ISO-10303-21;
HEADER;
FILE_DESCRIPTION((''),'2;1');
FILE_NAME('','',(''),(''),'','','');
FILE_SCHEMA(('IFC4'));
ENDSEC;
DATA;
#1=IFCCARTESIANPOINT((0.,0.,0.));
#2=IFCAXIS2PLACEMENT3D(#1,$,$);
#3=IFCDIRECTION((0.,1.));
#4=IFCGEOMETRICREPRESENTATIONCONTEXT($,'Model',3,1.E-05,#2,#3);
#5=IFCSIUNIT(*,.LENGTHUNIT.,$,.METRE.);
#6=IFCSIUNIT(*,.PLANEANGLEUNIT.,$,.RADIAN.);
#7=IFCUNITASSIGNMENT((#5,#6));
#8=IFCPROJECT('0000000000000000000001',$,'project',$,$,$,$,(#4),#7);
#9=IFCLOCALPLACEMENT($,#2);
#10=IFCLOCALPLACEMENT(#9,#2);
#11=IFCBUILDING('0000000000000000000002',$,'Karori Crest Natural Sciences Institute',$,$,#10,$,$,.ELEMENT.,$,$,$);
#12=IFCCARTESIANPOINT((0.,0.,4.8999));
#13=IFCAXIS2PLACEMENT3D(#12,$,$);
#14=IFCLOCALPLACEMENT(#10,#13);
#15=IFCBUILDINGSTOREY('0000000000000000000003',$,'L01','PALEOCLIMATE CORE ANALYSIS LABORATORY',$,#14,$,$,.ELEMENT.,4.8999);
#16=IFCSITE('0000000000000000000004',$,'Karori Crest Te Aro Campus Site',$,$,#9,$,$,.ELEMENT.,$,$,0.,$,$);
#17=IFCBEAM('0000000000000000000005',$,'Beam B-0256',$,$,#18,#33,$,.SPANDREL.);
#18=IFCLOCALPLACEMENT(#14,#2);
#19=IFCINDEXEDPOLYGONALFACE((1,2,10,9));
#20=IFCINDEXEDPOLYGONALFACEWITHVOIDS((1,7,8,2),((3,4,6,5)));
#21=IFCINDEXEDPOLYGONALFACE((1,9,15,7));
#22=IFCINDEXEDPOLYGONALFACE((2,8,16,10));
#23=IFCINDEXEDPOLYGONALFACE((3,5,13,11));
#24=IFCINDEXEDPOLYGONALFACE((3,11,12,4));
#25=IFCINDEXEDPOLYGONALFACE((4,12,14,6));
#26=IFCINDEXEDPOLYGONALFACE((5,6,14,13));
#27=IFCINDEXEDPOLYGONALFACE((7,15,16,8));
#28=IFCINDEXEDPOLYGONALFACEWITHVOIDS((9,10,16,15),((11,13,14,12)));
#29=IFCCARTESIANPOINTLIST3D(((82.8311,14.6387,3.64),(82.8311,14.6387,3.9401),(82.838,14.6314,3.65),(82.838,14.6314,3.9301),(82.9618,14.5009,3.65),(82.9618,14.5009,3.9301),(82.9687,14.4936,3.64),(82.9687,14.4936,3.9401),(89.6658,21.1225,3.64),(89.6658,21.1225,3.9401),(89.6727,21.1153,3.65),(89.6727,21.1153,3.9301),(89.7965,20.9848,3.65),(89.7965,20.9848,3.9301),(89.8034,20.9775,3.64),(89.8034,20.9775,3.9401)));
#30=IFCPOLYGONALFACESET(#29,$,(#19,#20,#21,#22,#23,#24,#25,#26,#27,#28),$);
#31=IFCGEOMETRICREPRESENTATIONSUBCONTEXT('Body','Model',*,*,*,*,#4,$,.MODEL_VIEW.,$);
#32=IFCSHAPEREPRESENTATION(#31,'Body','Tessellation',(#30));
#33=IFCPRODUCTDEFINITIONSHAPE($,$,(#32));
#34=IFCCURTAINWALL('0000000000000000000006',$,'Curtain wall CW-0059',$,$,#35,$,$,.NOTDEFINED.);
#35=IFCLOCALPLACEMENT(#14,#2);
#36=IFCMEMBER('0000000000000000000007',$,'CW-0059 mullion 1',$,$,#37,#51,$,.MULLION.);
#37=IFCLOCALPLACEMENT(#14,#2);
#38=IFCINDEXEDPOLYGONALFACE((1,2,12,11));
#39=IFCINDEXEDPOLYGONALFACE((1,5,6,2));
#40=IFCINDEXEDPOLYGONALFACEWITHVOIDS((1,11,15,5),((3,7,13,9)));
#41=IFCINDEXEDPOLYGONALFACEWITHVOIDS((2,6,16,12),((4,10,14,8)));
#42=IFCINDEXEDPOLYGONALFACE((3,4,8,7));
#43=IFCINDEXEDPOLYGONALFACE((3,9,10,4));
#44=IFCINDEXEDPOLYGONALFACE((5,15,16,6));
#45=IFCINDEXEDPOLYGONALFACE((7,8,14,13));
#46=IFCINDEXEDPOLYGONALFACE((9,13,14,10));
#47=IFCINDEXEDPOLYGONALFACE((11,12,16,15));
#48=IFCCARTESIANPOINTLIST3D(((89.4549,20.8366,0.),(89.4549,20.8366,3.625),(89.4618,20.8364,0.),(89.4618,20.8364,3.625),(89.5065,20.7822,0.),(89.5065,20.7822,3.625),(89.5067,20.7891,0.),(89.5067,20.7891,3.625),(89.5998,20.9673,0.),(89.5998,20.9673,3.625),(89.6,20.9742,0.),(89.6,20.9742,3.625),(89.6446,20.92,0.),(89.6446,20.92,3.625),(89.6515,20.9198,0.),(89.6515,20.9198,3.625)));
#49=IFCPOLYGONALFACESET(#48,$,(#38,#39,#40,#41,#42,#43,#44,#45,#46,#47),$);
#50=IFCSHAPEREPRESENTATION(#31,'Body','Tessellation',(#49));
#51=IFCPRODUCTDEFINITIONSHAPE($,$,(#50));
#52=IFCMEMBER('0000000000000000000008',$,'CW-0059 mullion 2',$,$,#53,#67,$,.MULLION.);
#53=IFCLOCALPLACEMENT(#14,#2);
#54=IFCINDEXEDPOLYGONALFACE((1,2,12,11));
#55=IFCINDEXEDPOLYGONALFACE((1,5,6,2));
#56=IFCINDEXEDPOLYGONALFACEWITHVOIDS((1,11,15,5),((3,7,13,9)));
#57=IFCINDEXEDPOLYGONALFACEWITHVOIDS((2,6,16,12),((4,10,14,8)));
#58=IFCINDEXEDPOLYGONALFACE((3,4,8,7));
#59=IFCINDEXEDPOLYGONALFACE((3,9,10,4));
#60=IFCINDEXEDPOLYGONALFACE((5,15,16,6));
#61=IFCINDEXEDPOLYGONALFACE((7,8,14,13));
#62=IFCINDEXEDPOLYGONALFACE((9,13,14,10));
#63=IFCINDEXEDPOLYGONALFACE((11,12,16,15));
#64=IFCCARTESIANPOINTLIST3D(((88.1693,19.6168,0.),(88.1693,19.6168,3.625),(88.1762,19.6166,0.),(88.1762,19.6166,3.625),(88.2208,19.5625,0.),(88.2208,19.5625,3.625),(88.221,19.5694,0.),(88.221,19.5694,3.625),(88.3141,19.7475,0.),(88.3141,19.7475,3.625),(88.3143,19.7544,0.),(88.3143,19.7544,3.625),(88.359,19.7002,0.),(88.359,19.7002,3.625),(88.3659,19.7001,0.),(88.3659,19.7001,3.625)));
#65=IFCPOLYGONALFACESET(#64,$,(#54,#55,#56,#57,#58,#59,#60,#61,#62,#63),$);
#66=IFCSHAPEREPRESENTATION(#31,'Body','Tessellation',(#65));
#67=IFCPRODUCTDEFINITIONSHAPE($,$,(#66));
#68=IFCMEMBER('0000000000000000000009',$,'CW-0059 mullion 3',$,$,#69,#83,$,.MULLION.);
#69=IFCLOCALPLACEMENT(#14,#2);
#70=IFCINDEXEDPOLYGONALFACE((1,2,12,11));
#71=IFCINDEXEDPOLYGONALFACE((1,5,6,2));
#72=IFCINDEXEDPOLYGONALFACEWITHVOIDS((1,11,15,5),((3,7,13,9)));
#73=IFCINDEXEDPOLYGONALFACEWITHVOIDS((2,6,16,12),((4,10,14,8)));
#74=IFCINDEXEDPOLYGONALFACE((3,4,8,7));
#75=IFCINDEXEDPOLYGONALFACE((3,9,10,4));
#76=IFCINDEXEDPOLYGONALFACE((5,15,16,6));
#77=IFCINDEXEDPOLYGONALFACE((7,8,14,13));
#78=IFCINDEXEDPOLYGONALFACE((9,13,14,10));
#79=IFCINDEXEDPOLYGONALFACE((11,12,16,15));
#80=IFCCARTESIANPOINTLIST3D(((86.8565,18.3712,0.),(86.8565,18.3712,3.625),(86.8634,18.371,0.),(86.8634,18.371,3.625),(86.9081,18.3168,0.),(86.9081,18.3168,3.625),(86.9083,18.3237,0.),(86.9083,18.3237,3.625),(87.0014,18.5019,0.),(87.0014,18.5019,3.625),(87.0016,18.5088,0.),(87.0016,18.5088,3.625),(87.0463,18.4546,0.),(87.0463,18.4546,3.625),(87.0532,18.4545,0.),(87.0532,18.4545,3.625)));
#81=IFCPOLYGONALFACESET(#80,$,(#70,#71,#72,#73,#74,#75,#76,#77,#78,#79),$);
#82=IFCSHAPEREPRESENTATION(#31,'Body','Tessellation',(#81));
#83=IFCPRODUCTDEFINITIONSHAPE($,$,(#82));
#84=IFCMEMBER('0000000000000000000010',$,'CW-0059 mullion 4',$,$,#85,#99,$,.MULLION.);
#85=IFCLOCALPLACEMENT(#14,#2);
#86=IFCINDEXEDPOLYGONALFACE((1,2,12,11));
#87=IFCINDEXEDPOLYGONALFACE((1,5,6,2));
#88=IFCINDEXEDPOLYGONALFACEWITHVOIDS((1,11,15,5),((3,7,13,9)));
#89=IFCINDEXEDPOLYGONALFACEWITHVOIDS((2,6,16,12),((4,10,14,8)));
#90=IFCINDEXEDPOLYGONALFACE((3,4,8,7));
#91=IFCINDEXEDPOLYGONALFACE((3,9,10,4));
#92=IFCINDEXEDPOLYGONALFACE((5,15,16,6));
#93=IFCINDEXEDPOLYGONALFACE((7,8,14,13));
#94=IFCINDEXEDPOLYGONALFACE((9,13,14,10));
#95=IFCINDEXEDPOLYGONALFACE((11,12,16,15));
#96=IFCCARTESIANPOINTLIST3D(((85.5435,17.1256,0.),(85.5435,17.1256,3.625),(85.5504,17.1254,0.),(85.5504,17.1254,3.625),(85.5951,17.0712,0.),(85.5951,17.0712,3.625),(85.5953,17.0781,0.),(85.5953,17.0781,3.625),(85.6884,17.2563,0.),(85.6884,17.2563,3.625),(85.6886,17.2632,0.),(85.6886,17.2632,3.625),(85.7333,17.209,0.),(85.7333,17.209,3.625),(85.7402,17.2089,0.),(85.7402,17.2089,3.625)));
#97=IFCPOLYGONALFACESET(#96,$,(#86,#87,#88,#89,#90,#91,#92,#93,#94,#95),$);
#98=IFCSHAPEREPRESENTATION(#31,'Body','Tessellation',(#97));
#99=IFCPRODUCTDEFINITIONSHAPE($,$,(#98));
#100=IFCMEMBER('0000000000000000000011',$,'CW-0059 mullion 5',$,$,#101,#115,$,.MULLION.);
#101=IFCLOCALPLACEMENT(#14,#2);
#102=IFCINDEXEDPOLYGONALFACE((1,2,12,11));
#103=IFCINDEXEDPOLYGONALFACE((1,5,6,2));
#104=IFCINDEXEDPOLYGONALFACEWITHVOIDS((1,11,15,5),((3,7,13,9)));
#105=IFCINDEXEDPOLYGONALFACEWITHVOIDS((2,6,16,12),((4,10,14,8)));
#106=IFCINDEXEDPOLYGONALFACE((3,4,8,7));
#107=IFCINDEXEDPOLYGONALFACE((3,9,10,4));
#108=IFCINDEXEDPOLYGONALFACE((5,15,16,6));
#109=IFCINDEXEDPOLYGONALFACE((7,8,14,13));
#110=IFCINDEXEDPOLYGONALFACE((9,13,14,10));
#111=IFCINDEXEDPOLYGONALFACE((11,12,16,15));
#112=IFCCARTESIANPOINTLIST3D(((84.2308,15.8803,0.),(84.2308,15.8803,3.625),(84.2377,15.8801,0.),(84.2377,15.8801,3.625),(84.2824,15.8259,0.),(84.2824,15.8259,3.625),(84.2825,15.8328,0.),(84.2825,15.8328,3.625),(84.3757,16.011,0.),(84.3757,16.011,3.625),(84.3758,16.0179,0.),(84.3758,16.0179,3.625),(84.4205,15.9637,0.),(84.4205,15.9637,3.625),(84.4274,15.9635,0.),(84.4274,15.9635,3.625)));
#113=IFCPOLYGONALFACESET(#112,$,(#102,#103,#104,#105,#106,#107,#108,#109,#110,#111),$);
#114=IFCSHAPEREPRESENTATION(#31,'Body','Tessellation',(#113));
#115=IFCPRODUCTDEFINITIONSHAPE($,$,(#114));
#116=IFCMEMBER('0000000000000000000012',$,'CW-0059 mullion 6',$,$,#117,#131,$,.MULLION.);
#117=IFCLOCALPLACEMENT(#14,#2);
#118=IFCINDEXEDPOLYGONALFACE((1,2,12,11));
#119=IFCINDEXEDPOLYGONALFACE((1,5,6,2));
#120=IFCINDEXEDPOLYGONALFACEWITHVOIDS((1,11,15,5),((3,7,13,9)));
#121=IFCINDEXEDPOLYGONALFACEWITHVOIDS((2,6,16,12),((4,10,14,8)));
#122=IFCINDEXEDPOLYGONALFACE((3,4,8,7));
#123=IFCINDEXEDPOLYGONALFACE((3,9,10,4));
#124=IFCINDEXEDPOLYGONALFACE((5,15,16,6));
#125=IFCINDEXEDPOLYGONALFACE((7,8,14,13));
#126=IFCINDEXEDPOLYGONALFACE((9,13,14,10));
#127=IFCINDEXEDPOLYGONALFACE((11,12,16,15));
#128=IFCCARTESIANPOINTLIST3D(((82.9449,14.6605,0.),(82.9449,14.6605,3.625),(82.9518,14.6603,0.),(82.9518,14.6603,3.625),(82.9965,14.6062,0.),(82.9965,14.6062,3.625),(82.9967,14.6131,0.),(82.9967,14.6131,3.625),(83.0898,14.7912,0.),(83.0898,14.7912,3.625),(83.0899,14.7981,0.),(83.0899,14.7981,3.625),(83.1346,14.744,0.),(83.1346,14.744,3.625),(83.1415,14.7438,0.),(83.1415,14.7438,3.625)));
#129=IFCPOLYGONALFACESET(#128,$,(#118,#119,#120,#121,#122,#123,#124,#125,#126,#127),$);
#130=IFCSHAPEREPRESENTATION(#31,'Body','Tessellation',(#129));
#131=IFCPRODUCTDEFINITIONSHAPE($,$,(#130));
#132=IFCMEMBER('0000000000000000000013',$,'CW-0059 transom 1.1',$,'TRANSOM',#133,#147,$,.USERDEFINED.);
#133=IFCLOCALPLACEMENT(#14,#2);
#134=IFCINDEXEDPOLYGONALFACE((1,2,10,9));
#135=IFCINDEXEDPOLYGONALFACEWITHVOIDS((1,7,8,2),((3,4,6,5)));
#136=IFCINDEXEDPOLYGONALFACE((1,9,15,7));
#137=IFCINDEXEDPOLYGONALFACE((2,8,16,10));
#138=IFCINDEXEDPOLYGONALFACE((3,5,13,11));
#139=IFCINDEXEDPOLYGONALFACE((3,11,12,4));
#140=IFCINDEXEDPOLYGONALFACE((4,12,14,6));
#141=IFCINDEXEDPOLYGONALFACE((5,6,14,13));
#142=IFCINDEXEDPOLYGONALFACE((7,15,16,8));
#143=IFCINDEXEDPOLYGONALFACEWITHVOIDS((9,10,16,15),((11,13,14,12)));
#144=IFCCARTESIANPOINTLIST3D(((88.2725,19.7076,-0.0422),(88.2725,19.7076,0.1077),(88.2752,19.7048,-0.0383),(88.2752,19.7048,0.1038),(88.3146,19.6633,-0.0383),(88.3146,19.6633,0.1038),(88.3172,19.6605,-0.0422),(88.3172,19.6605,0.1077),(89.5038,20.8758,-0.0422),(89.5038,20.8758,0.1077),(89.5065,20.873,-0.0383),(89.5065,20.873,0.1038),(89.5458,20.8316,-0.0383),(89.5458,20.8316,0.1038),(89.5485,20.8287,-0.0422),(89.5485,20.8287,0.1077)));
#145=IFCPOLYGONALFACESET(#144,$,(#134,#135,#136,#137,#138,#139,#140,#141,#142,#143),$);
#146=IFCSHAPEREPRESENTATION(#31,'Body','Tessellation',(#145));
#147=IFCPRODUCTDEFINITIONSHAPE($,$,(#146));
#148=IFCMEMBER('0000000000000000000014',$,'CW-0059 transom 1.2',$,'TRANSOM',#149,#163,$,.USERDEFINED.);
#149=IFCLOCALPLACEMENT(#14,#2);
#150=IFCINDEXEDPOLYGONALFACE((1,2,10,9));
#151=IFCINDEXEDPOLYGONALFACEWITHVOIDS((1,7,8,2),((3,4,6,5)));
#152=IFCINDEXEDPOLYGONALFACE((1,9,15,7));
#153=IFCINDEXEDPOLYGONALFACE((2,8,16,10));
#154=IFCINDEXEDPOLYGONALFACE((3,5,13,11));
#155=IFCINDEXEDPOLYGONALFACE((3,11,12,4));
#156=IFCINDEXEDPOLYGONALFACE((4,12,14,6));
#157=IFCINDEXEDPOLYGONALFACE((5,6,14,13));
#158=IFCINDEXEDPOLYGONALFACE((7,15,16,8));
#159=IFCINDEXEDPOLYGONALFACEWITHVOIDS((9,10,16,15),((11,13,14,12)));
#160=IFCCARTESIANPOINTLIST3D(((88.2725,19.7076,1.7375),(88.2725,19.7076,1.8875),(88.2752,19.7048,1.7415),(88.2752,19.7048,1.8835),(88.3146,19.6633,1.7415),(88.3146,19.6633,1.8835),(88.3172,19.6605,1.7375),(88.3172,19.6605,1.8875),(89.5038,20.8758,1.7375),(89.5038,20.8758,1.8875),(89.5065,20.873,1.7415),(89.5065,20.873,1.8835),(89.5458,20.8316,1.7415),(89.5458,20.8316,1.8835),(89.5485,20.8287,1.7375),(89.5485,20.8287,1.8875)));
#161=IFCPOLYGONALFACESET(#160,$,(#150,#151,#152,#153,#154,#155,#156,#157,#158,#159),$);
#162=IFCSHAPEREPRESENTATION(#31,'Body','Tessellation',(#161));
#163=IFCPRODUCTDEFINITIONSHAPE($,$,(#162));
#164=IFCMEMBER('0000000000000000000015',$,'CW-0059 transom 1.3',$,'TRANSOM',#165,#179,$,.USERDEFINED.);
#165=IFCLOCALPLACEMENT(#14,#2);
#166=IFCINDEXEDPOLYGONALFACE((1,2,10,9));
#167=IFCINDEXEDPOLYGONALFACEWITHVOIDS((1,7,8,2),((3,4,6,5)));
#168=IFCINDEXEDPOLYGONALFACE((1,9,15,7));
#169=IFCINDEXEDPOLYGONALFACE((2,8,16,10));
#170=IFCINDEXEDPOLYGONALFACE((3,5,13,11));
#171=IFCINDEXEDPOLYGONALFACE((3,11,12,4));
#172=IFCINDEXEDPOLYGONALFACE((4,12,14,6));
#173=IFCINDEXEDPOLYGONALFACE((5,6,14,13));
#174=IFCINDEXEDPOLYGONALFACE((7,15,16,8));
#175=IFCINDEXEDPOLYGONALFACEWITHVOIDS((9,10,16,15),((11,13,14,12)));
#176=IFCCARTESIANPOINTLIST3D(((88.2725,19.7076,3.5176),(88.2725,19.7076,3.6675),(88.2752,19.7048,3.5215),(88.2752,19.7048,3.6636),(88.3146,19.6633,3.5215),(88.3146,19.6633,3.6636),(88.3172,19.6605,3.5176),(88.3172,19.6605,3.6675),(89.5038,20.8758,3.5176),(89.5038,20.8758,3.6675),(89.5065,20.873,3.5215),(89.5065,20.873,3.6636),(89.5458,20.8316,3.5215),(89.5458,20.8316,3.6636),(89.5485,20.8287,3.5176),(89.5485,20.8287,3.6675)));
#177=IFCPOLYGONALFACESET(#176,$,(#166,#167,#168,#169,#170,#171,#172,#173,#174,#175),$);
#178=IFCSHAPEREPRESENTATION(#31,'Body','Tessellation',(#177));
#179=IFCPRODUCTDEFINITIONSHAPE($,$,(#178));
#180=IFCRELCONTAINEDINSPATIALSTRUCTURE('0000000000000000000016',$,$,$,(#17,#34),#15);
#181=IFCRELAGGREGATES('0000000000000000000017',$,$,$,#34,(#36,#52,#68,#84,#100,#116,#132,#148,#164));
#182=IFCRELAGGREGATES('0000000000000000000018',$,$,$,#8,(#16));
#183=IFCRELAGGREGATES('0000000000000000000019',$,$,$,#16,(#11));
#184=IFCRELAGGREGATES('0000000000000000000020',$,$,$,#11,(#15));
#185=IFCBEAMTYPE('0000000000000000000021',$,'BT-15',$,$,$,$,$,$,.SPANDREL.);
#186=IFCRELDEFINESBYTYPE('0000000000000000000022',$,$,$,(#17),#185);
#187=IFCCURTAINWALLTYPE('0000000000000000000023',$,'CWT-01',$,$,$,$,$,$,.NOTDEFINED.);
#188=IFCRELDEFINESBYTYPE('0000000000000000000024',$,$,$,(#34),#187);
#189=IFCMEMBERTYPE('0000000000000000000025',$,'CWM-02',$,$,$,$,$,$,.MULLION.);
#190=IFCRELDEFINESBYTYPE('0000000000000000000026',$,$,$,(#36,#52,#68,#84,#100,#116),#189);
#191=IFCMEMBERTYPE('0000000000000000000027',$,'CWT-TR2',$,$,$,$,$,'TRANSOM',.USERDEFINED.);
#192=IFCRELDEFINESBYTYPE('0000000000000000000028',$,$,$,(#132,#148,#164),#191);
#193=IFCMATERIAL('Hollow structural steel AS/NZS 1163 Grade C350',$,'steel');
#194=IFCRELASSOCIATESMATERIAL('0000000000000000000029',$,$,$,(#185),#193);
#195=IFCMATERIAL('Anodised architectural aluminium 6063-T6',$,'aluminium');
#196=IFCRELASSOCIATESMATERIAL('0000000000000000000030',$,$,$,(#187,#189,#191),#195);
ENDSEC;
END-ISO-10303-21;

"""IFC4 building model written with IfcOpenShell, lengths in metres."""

from ifc_helpers import new_model, si_unit, direction, frame, origin, origin_2d, place, context, subcontext, project, spatial, hollow_rectangle, extrude, material, material_profile, profile_set, type_object, element, aggregate, save


model = new_model("IFC4")

# Units and contexts
model_context = context("Model", 3, precision=1e-05, world=origin(), true_north=direction((0.0, 1.0)))
body_context = subcontext(model_context, "Body", "Model", "MODEL_VIEW")
ifc_project = project(units=[si_unit("LENGTHUNIT", "METRE"), si_unit("PLANEANGLEUNIT", "RADIAN")], contexts=[model_context])

# Site, building, storey
site_placement = place(None, origin())
site = spatial("IfcSite", under=ifc_project, at=site_placement, Name="Karori Crest Te Aro Campus Site", CompositionType="ELEMENT", RefElevation=0.0)
building_placement = place(site_placement, origin())
building = spatial("IfcBuilding", under=site, at=building_placement, Name="Karori Crest Natural Sciences Institute", CompositionType="ELEMENT")
storey_placement = place(building_placement, frame((0.0, 0.0, 4.8999)))
storey = spatial("IfcBuildingStorey", under=building, at=storey_placement, Name="L01", Description="PALEOCLIMATE CORE ANALYSIS LABORATORY", CompositionType="ELEMENT", Elevation=4.8999)

# Beam
ifc_material_1 = material(Name="Hollow structural steel AS/NZS 1163 Grade C350", Category="steel")
ifc_material_profile_1 = material_profile(ifc_material_1, hollow_rectangle(XDim=0.2, YDim=0.3, WallThickness=0.01, at=origin_2d()), Name="RHS300x200x10")
ifc_profile_set_1 = profile_set([ifc_material_profile_1], Name="Hollow structural steel AS/NZS 1163 Grade C350")
beam_type = type_object("IfcBeamType", Name="BT-15", PredefinedType="SPANDREL", material=ifc_profile_set_1)
beam_placement = place(storey_placement, frame((82.8999, 14.5662, 3.79), z_axis=(0.725481, 0.688242, 0.0), x_axis=(-0.688242, 0.725481, 0.0)))
element("IfcBeam", 1, at=beam_placement, inside=storey, type_object=beam_type, Name="Beam B-0256", PredefinedType="SPANDREL", context=body_context, shape_type="SweptSolid", body=[
    extrude(hollow_rectangle(XDim=0.2, YDim=0.3, WallThickness=0.01, at=origin_2d()), origin(), (0.0, 0.0, 1.0), 9.4209),
])

# Curtain wall, members
ifc_material_2 = material(Name="Anodised architectural aluminium 6063-T6", Category="aluminium")
curtain_wall_type = type_object("IfcCurtainWallType", Name="CWT-01", PredefinedType="NOTDEFINED", material=ifc_material_2)
curtain_wall_placement = place(storey_placement, origin())
curtain_wall = element("IfcCurtainWall", 2, at=curtain_wall_placement, inside=storey, type_object=curtain_wall_type, Name="Curtain wall CW-0059", PredefinedType="NOTDEFINED")
ifc_material_profile_2 = material_profile(ifc_material_2, hollow_rectangle(XDim=0.075, YDim=0.2, WallThickness=0.0049, at=origin_2d()), Name="CWM200x75x5")
ifc_profile_set_2 = profile_set([ifc_material_profile_2], Name="Anodised architectural aluminium 6063-T6")
member_type_1 = type_object("IfcMemberType", Name="CWM-02", PredefinedType="MULLION", material=ifc_profile_set_2)
member_1_placement = place(storey_placement, frame((89.5532, 20.8782, 0.0), z_axis=(0.0, 0.0, 1.0), x_axis=(0.688251, -0.725473, 0.0)))
member_1 = element("IfcMember", 3, at=member_1_placement, type_object=member_type_1, Name="CW-0059 mullion 1", PredefinedType="MULLION", context=body_context, shape_type="SweptSolid", body=[
    extrude(hollow_rectangle(XDim=0.075, YDim=0.2, WallThickness=0.0049, at=origin_2d()), origin(), (0.0, 0.0, 1.0), 3.625),
])
member_2_placement = place(storey_placement, frame((88.2676, 19.6584, 0.0), z_axis=(0.0, 0.0, 1.0), x_axis=(0.688251, -0.725473, 0.0)))
member_2 = element("IfcMember", 4, at=member_2_placement, type_object=member_type_1, Name="CW-0059 mullion 2", PredefinedType="MULLION", context=body_context, shape_type="SweptSolid", body=[
    extrude(hollow_rectangle(XDim=0.075, YDim=0.2, WallThickness=0.0049, at=origin_2d()), origin(), (0.0, 0.0, 1.0), 3.625),
])
member_3_placement = place(storey_placement, frame((86.9548, 18.4128, 0.0), z_axis=(0.0, 0.0, 1.0), x_axis=(0.688251, -0.725473, 0.0)))
member_3 = element("IfcMember", 5, at=member_3_placement, type_object=member_type_1, Name="CW-0059 mullion 3", PredefinedType="MULLION", context=body_context, shape_type="SweptSolid", body=[
    extrude(hollow_rectangle(XDim=0.075, YDim=0.2, WallThickness=0.0049, at=origin_2d()), origin(), (0.0, 0.0, 1.0), 3.625),
])
member_4_placement = place(storey_placement, frame((85.6418, 17.1672, 0.0), z_axis=(0.0, 0.0, 1.0), x_axis=(0.688251, -0.725473, 0.0)))
member_4 = element("IfcMember", 6, at=member_4_placement, type_object=member_type_1, Name="CW-0059 mullion 4", PredefinedType="MULLION", context=body_context, shape_type="SweptSolid", body=[
    extrude(hollow_rectangle(XDim=0.075, YDim=0.2, WallThickness=0.0049, at=origin_2d()), origin(), (0.0, 0.0, 1.0), 3.625),
])
member_5_placement = place(storey_placement, frame((84.3291, 15.9219, 0.0), z_axis=(0.0, 0.0, 1.0), x_axis=(0.688251, -0.725473, 0.0)))
member_5 = element("IfcMember", 7, at=member_5_placement, type_object=member_type_1, Name="CW-0059 mullion 5", PredefinedType="MULLION", context=body_context, shape_type="SweptSolid", body=[
    extrude(hollow_rectangle(XDim=0.075, YDim=0.2, WallThickness=0.0049, at=origin_2d()), origin(), (0.0, 0.0, 1.0), 3.625),
])
member_6_placement = place(storey_placement, frame((83.0432, 14.7021, 0.0), z_axis=(0.0, 0.0, 1.0), x_axis=(0.688251, -0.725473, 0.0)))
member_6 = element("IfcMember", 8, at=member_6_placement, type_object=member_type_1, Name="CW-0059 mullion 6", PredefinedType="MULLION", context=body_context, shape_type="SweptSolid", body=[
    extrude(hollow_rectangle(XDim=0.075, YDim=0.2, WallThickness=0.0049, at=origin_2d()), origin(), (0.0, 0.0, 1.0), 3.625),
])
ifc_material_profile_3 = material_profile(ifc_material_2, hollow_rectangle(XDim=0.0649, YDim=0.1499, WallThickness=0.0039, at=origin_2d()), Name="CWT150x65x4")
ifc_profile_set_3 = profile_set([ifc_material_profile_3], Name="Anodised architectural aluminium 6063-T6")
member_type_2 = type_object("IfcMemberType", Name="CWT-TR2", ElementType="TRANSOM", PredefinedType="USERDEFINED", material=ifc_profile_set_3)
member_7_placement = place(storey_placement, frame((89.5261, 20.8523, 0.0327), z_axis=(-0.725419, -0.688307, 0.0), x_axis=(0.688307, -0.725419, 0.0)))
member_7 = element("IfcMember", 9, at=member_7_placement, type_object=member_type_2, Name="CW-0059 transom 1.1", ObjectType="TRANSOM", PredefinedType="USERDEFINED", context=body_context, shape_type="SweptSolid", body=[
    extrude(hollow_rectangle(XDim=0.0649, YDim=0.1499, WallThickness=0.0039, at=origin_2d()), origin(), (0.0, 0.0, 1.0), 1.6973),
])
member_8_placement = place(storey_placement, frame((89.5261, 20.8523, 1.8125), z_axis=(-0.725419, -0.688307, 0.0), x_axis=(0.688307, -0.725419, 0.0)))
member_8 = element("IfcMember", 10, at=member_8_placement, type_object=member_type_2, Name="CW-0059 transom 1.2", ObjectType="TRANSOM", PredefinedType="USERDEFINED", context=body_context, shape_type="SweptSolid", body=[
    extrude(hollow_rectangle(XDim=0.0649, YDim=0.1499, WallThickness=0.0039, at=origin_2d()), origin(), (0.0, 0.0, 1.0), 1.6973),
])
member_9_placement = place(storey_placement, frame((89.5261, 20.8523, 3.5925), z_axis=(-0.725419, -0.688307, 0.0), x_axis=(0.688307, -0.725419, 0.0)))
member_9 = element("IfcMember", 11, at=member_9_placement, type_object=member_type_2, Name="CW-0059 transom 1.3", ObjectType="TRANSOM", PredefinedType="USERDEFINED", context=body_context, shape_type="SweptSolid", body=[
    extrude(hollow_rectangle(XDim=0.0649, YDim=0.1499, WallThickness=0.0039, at=origin_2d()), origin(), (0.0, 0.0, 1.0), 1.6973),
])
aggregate(curtain_wall, [member_1, member_2, member_3, member_4, member_5, member_6, member_7, member_8, member_9])

save(model, "model.ifc")
